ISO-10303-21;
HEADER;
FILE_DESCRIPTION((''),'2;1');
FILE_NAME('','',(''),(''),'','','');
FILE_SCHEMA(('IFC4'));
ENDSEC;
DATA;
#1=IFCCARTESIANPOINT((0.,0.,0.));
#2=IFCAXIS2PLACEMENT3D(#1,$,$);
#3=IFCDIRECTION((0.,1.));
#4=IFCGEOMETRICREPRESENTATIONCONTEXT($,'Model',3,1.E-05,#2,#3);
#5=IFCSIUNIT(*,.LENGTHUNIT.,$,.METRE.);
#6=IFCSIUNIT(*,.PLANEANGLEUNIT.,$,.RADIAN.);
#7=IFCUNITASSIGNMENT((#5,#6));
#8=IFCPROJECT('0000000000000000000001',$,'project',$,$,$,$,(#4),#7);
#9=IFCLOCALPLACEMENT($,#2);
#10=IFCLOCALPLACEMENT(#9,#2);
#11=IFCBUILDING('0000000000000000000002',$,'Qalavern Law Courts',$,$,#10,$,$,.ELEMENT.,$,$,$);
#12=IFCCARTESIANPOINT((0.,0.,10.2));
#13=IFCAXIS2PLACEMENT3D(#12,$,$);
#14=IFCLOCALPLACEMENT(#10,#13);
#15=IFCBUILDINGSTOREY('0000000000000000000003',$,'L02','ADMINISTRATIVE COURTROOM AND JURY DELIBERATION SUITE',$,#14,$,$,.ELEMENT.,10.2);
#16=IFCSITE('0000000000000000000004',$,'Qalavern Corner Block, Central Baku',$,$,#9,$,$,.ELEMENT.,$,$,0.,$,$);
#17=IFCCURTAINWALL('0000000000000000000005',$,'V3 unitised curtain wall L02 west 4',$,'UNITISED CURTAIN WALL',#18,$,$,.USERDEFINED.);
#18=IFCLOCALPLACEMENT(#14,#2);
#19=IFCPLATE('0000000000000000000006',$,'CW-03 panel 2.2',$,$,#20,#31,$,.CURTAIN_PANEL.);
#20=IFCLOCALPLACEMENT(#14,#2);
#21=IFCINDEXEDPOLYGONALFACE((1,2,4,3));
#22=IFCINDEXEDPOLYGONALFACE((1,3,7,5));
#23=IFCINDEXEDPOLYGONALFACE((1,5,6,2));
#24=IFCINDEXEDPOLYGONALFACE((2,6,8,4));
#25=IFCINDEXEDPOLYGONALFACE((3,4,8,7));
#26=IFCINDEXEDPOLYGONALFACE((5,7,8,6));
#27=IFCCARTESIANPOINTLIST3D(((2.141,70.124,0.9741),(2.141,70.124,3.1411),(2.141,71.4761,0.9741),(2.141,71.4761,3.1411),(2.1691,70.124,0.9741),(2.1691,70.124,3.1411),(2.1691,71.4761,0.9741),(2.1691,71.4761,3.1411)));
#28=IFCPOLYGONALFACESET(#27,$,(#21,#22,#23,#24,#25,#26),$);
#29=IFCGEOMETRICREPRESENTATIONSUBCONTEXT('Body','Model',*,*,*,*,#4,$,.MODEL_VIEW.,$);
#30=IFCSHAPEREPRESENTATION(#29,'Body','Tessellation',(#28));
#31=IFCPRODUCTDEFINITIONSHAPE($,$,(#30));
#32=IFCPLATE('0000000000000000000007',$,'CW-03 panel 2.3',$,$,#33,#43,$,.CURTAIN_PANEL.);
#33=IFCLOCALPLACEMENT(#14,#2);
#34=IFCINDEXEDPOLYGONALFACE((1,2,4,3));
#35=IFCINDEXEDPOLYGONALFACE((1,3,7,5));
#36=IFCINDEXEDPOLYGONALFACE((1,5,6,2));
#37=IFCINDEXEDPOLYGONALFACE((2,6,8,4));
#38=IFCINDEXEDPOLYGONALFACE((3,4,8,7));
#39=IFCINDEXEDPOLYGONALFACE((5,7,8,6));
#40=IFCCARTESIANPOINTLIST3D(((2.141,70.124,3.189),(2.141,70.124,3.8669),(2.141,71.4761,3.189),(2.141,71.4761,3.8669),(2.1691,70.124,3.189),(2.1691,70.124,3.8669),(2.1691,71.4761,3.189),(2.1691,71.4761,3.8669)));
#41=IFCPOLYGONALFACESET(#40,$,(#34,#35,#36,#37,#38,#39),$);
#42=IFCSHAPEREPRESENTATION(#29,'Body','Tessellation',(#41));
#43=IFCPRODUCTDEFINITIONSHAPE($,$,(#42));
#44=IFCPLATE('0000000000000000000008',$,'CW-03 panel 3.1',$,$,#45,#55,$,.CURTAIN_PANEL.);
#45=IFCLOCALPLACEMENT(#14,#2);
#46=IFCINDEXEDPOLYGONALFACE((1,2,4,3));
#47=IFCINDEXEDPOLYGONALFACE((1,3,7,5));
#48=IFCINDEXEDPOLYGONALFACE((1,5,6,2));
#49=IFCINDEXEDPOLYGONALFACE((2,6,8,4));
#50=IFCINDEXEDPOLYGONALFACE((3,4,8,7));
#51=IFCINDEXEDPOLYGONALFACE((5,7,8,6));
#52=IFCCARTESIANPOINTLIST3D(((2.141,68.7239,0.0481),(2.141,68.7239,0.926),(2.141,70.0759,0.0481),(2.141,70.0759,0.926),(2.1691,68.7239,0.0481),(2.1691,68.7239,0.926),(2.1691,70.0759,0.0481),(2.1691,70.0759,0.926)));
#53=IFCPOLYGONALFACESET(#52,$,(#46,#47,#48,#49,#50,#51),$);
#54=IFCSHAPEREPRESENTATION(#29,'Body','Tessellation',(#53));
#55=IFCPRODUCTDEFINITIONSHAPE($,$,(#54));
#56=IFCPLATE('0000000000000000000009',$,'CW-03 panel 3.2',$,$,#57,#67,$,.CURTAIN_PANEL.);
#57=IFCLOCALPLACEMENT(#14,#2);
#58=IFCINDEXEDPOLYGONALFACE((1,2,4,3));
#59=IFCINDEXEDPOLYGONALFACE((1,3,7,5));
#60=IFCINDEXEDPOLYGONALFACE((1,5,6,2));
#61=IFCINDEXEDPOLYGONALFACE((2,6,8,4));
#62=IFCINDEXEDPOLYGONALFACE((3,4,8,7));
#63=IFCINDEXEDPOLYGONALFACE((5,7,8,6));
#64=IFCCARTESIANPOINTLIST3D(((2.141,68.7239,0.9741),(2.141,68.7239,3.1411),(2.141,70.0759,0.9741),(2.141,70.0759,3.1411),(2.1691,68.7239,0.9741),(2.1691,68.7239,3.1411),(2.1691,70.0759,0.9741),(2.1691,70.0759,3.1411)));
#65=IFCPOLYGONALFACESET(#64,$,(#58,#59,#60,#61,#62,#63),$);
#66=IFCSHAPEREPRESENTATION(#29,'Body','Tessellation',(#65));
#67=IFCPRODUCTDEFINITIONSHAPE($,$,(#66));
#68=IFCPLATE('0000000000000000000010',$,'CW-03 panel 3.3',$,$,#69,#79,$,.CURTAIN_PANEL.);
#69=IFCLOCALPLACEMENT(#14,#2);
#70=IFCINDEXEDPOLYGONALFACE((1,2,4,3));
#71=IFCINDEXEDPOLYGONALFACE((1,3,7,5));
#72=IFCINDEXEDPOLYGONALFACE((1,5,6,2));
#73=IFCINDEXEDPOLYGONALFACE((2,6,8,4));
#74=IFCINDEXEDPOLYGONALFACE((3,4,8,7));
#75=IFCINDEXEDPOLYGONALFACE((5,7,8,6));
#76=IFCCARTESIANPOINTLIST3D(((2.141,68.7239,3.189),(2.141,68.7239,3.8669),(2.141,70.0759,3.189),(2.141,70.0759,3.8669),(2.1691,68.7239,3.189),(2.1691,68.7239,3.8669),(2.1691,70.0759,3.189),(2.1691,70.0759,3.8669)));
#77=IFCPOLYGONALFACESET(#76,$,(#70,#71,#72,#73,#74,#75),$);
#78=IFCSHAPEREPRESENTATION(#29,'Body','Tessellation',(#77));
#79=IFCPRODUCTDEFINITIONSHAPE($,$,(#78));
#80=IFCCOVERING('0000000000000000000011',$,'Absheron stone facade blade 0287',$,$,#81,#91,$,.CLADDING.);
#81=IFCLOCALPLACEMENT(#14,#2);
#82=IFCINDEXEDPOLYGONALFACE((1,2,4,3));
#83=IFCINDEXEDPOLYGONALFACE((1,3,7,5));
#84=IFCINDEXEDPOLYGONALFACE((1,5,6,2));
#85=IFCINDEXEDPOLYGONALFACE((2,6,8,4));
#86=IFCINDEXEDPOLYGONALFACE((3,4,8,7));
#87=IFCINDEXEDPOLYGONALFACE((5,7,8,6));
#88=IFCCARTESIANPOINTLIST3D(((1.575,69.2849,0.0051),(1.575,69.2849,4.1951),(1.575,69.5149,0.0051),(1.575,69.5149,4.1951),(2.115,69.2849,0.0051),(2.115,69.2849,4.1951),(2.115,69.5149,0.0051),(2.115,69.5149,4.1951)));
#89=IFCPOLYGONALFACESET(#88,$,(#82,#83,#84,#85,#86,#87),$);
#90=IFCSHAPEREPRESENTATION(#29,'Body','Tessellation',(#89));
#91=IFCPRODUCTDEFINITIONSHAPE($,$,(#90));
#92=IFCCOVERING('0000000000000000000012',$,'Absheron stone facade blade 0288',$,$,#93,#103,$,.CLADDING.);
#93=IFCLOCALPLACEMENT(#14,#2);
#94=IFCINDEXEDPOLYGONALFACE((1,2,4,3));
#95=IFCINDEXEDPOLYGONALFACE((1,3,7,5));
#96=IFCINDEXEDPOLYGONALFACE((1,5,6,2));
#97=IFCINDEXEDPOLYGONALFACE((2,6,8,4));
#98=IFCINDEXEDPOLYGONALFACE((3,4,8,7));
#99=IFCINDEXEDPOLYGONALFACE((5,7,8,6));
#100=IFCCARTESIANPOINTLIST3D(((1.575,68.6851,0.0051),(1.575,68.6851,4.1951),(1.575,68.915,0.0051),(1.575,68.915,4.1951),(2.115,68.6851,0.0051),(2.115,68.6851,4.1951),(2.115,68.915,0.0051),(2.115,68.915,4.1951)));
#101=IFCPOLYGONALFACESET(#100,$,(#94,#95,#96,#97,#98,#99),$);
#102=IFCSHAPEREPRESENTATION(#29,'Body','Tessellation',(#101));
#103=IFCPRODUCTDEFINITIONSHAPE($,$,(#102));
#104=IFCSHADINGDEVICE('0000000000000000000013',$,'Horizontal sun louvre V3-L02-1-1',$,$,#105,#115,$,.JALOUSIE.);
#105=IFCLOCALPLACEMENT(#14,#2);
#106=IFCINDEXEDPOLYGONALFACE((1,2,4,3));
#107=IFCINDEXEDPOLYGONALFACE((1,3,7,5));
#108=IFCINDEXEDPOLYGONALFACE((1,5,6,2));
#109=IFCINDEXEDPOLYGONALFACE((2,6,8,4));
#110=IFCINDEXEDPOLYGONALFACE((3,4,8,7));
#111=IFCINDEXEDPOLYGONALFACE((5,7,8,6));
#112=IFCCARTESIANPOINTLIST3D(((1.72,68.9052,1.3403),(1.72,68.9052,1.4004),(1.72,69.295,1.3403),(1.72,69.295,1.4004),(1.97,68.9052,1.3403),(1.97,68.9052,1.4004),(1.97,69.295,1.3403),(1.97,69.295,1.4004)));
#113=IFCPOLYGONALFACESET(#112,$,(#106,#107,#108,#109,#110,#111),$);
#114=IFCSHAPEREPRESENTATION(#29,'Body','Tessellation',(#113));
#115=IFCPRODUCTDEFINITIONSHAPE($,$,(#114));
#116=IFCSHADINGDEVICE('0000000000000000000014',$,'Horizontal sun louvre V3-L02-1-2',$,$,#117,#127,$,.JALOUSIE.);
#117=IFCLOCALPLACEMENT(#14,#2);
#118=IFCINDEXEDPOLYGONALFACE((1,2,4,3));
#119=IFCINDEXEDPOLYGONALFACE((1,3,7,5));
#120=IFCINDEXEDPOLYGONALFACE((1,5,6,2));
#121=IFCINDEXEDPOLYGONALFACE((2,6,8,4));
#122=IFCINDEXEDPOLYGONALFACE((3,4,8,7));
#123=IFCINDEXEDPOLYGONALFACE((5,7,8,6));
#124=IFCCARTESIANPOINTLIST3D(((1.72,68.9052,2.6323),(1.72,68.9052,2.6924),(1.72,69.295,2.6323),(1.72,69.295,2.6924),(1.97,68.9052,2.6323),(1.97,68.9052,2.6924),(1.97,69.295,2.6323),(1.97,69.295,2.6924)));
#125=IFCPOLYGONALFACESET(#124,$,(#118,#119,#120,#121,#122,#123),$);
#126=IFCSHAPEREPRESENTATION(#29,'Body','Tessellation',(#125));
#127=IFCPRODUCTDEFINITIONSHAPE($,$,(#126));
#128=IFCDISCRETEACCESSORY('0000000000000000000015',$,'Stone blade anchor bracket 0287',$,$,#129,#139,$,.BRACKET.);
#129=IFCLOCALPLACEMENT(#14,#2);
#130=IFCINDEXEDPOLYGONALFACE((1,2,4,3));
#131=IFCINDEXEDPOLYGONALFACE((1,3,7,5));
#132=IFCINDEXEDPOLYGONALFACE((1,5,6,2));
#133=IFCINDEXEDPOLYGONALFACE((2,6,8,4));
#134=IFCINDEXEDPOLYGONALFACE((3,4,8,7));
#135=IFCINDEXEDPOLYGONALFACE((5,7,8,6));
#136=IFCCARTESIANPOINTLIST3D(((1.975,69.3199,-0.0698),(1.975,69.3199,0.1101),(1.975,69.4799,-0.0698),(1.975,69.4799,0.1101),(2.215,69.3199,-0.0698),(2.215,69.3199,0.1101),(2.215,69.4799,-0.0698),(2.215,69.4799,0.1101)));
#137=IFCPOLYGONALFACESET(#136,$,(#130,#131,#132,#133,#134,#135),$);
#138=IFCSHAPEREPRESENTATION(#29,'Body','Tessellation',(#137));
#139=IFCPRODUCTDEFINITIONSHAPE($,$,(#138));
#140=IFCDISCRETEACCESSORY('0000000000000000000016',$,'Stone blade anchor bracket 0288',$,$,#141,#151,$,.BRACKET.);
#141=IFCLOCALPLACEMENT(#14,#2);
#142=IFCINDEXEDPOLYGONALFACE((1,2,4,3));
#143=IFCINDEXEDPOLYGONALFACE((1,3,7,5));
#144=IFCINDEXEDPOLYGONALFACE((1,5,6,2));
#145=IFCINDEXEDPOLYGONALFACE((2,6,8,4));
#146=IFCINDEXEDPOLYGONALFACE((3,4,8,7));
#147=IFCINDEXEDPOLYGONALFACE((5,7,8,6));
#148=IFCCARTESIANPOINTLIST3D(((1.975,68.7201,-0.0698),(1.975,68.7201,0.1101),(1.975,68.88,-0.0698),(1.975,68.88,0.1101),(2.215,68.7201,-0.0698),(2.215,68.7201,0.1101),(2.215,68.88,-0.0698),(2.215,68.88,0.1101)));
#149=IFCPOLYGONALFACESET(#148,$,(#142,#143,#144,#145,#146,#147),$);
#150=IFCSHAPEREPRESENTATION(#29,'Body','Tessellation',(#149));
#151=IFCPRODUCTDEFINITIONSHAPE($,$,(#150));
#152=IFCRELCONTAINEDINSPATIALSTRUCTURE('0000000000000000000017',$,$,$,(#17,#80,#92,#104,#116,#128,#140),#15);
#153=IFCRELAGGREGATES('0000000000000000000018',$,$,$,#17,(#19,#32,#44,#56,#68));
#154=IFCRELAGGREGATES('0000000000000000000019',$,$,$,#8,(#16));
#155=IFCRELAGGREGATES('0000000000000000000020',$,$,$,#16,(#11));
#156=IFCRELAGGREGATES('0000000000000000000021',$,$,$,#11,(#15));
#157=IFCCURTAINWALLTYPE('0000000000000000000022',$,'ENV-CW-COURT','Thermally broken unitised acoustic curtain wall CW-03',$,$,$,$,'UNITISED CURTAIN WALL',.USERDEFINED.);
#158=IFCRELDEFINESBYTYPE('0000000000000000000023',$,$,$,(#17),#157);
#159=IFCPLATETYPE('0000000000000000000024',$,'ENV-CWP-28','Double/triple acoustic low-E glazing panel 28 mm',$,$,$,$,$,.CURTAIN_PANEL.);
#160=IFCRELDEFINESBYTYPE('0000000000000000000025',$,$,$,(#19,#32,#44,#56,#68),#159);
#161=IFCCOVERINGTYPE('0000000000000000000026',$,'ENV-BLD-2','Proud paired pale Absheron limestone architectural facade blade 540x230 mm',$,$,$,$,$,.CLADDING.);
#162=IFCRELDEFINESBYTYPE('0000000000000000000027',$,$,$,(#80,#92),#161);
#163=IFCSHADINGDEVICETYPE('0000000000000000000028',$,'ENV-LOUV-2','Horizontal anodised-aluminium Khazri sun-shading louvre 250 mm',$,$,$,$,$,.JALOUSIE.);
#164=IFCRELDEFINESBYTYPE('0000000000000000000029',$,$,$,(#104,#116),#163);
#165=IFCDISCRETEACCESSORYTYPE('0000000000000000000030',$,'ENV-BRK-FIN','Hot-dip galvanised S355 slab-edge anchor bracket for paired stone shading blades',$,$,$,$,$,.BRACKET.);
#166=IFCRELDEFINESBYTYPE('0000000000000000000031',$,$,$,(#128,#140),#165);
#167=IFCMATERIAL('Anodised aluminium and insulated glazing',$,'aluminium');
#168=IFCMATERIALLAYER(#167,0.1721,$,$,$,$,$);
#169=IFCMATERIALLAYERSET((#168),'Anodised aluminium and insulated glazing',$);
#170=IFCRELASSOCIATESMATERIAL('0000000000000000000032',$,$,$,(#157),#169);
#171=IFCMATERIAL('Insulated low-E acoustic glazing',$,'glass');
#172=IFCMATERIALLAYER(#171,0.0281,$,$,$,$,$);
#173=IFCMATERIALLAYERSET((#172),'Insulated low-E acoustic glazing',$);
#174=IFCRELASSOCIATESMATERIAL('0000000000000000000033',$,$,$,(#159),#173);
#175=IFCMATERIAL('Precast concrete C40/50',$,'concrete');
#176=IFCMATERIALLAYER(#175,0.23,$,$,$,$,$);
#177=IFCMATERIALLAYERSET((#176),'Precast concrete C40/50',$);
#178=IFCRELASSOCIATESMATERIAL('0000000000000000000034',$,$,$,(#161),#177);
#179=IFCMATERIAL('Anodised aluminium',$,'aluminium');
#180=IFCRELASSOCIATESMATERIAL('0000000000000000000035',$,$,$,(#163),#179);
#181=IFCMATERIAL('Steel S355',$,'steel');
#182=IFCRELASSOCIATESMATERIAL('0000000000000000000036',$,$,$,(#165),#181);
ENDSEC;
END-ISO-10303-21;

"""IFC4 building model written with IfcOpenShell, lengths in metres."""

from ifc_helpers import new_model, si_unit, direction, frame, origin, origin_2d, place, context, subcontext, project, spatial, rectangle, extrude, material, layer, layer_set, type_object, element, aggregate, save


model = new_model("IFC4")

# Units and contexts
model_context = context("Model", 3, precision=1e-05, world=origin(), true_north=direction((0.0, 1.0)))
body_context = subcontext(model_context, "Body", "Model", "MODEL_VIEW")
ifc_project = project(units=[si_unit("LENGTHUNIT", "METRE"), si_unit("PLANEANGLEUNIT", "RADIAN")], contexts=[model_context])

# Site, building, storey
site_placement = place(None, origin())
site = spatial("IfcSite", under=ifc_project, at=site_placement, Name="Qalavern Corner Block, Central Baku", CompositionType="ELEMENT", RefElevation=0.0)
building_placement = place(site_placement, origin())
building = spatial("IfcBuilding", under=site, at=building_placement, Name="Qalavern Law Courts", CompositionType="ELEMENT")
storey_placement = place(building_placement, frame((0.0, 0.0, 10.2)))
storey = spatial("IfcBuildingStorey", under=building, at=storey_placement, Name="L02", Description="ADMINISTRATIVE COURTROOM AND JURY DELIBERATION SUITE", CompositionType="ELEMENT", Elevation=10.2)

# Curtain wall, plates
ifc_material_1 = material(Name="Anodised aluminium and insulated glazing", Category="aluminium")
ifc_layer_1 = layer(ifc_material_1, 0.1721)
ifc_layer_set_1 = layer_set([ifc_layer_1], Name="Anodised aluminium and insulated glazing")
curtain_wall_type = type_object("IfcCurtainWallType", Name="ENV-CW-COURT", Description="Thermally broken unitised acoustic curtain wall CW-03", ElementType="UNITISED CURTAIN WALL", PredefinedType="USERDEFINED", material=ifc_layer_set_1)
curtain_wall_placement = place(storey_placement, origin())
curtain_wall = element("IfcCurtainWall", 1, at=curtain_wall_placement, inside=storey, type_object=curtain_wall_type, Name="V3 unitised curtain wall L02 west 4", ObjectType="UNITISED CURTAIN WALL", PredefinedType="USERDEFINED")
ifc_material_2 = material(Name="Anodised aluminium", Category="aluminium")
ifc_material_3 = material(Name="Insulated low-E acoustic glazing", Category="glass")
ifc_layer_2 = layer(ifc_material_3, 0.0281)
ifc_layer_set_2 = layer_set([ifc_layer_2], Name="Insulated low-E acoustic glazing")
plate_type = type_object("IfcPlateType", Name="ENV-CWP-28", Description="Double/triple acoustic low-E glazing panel 28 mm", PredefinedType="CURTAIN_PANEL", material=ifc_layer_set_2)
plate_1_placement = place(storey_placement, frame((2.155, 70.8, 0.9741), z_axis=(0.0, 0.0, 1.0), x_axis=(0.0, -1.0, 0.0)))
plate_1 = element("IfcPlate", 2, at=plate_1_placement, type_object=plate_type, Name="CW-03 panel 2.2", PredefinedType="CURTAIN_PANEL", context=body_context, shape_type="SweptSolid", body=[
    extrude(rectangle(XDim=1.3521, YDim=0.0281, at=origin_2d()), origin(), (0.0, 0.0, 1.0), 2.167),
])
plate_2_placement = place(storey_placement, frame((2.155, 70.8, 3.189), z_axis=(0.0, 0.0, 1.0), x_axis=(0.0, -1.0, 0.0)))
plate_2 = element("IfcPlate", 3, at=plate_2_placement, type_object=plate_type, Name="CW-03 panel 2.3", PredefinedType="CURTAIN_PANEL", context=body_context, shape_type="SweptSolid", body=[
    extrude(rectangle(XDim=1.3521, YDim=0.0281, at=origin_2d()), origin(), (0.0, 0.0, 1.0), 0.678),
])
plate_3_placement = place(storey_placement, frame((2.155, 69.3999, 0.0481), z_axis=(0.0, 0.0, 1.0), x_axis=(0.0, -1.0, 0.0)))
plate_3 = element("IfcPlate", 4, at=plate_3_placement, type_object=plate_type, Name="CW-03 panel 3.1", PredefinedType="CURTAIN_PANEL", context=body_context, shape_type="SweptSolid", body=[
    extrude(rectangle(XDim=1.3521, YDim=0.0281, at=origin_2d()), origin(), (0.0, 0.0, 1.0), 0.8779),
])
plate_4_placement = place(storey_placement, frame((2.155, 69.3999, 0.9741), z_axis=(0.0, 0.0, 1.0), x_axis=(0.0, -1.0, 0.0)))
plate_4 = element("IfcPlate", 5, at=plate_4_placement, type_object=plate_type, Name="CW-03 panel 3.2", PredefinedType="CURTAIN_PANEL", context=body_context, shape_type="SweptSolid", body=[
    extrude(rectangle(XDim=1.3521, YDim=0.0281, at=origin_2d()), origin(), (0.0, 0.0, 1.0), 2.167),
])
plate_5_placement = place(storey_placement, frame((2.155, 69.3999, 3.189), z_axis=(0.0, 0.0, 1.0), x_axis=(0.0, -1.0, 0.0)))
plate_5 = element("IfcPlate", 6, at=plate_5_placement, type_object=plate_type, Name="CW-03 panel 3.3", PredefinedType="CURTAIN_PANEL", context=body_context, shape_type="SweptSolid", body=[
    extrude(rectangle(XDim=1.3521, YDim=0.0281, at=origin_2d()), origin(), (0.0, 0.0, 1.0), 0.678),
])
aggregate(curtain_wall, [plate_1, plate_2, plate_3, plate_4, plate_5])

# Coverings
ifc_material_4 = material(Name="Precast concrete C40/50", Category="concrete")
ifc_layer_3 = layer(ifc_material_4, 0.23)
ifc_layer_set_3 = layer_set([ifc_layer_3], Name="Precast concrete C40/50")
covering_type = type_object("IfcCoveringType", Name="ENV-BLD-2", Description="Proud paired pale Absheron limestone architectural facade blade 540x230 mm", PredefinedType="CLADDING", material=ifc_layer_set_3)
for number, where, z_axis, x_axis, name in (
    (7, (1.845, 69.3999, 0.0051), (0.0, 0.0, 1.0), (-1.0, 0.0, 0.0), "Absheron stone facade blade 0287"),
    (8, (1.845, 68.8, 0.0051), (0.0, 0.0, 1.0), (-1.0, 0.0, 0.0), "Absheron stone facade blade 0288"),
):
    element("IfcCovering", number, at=place(storey_placement, frame(where, z_axis=z_axis, x_axis=x_axis)), inside=storey, type_object=covering_type, Name=name, PredefinedType="CLADDING", context=body_context, shape_type="SweptSolid", body=[
        extrude(rectangle(XDim=0.54, YDim=0.23, at=origin_2d()), origin(), (0.0, 0.0, 1.0), 4.1899),
    ])

# Shading devices
shading_device_type = type_object("IfcShadingDeviceType", Name="ENV-LOUV-2", Description="Horizontal anodised-aluminium Khazri sun-shading louvre 250 mm", PredefinedType="JALOUSIE", material=ifc_material_2)
for number, where, z_axis, x_axis, name in (
    (9, (1.845, 69.1001, 1.3403), (0.0, 0.0, 1.0), (0.0, -1.0, 0.0), "Horizontal sun louvre V3-L02-1-1"),
    (10, (1.845, 69.1001, 2.6323), (0.0, 0.0, 1.0), (0.0, -1.0, 0.0), "Horizontal sun louvre V3-L02-1-2"),
):
    element("IfcShadingDevice", number, at=place(storey_placement, frame(where, z_axis=z_axis, x_axis=x_axis)), inside=storey, type_object=shading_device_type, Name=name, PredefinedType="JALOUSIE", context=body_context, shape_type="SweptSolid", body=[
        extrude(rectangle(XDim=0.3899, YDim=0.25, at=origin_2d()), origin(), (0.0, 0.0, 1.0), 0.0601),
    ])

# Discrete accessories
ifc_material_5 = material(Name="Steel S355", Category="steel")
discrete_accessory_type = type_object("IfcDiscreteAccessoryType", Name="ENV-BRK-FIN", Description="Hot-dip galvanised S355 slab-edge anchor bracket for paired stone shading blades", PredefinedType="BRACKET", material=ifc_material_5)
for number, where, z_axis, x_axis, name in (
    (11, (2.095, 69.3999, -0.0698), (0.0, 0.0, 1.0), (-1.0, 0.0, 0.0), "Stone blade anchor bracket 0287"),
    (12, (2.095, 68.8, -0.0698), (0.0, 0.0, 1.0), (-1.0, 0.0, 0.0), "Stone blade anchor bracket 0288"),
):
    element("IfcDiscreteAccessory", number, at=place(storey_placement, frame(where, z_axis=z_axis, x_axis=x_axis)), inside=storey, type_object=discrete_accessory_type, Name=name, PredefinedType="BRACKET", context=body_context, shape_type="SweptSolid", body=[
        extrude(rectangle(XDim=0.24, YDim=0.1599, at=origin_2d()), origin(), (0.0, 0.0, 1.0), 0.1799),
    ])

save(model, "model.ifc")
